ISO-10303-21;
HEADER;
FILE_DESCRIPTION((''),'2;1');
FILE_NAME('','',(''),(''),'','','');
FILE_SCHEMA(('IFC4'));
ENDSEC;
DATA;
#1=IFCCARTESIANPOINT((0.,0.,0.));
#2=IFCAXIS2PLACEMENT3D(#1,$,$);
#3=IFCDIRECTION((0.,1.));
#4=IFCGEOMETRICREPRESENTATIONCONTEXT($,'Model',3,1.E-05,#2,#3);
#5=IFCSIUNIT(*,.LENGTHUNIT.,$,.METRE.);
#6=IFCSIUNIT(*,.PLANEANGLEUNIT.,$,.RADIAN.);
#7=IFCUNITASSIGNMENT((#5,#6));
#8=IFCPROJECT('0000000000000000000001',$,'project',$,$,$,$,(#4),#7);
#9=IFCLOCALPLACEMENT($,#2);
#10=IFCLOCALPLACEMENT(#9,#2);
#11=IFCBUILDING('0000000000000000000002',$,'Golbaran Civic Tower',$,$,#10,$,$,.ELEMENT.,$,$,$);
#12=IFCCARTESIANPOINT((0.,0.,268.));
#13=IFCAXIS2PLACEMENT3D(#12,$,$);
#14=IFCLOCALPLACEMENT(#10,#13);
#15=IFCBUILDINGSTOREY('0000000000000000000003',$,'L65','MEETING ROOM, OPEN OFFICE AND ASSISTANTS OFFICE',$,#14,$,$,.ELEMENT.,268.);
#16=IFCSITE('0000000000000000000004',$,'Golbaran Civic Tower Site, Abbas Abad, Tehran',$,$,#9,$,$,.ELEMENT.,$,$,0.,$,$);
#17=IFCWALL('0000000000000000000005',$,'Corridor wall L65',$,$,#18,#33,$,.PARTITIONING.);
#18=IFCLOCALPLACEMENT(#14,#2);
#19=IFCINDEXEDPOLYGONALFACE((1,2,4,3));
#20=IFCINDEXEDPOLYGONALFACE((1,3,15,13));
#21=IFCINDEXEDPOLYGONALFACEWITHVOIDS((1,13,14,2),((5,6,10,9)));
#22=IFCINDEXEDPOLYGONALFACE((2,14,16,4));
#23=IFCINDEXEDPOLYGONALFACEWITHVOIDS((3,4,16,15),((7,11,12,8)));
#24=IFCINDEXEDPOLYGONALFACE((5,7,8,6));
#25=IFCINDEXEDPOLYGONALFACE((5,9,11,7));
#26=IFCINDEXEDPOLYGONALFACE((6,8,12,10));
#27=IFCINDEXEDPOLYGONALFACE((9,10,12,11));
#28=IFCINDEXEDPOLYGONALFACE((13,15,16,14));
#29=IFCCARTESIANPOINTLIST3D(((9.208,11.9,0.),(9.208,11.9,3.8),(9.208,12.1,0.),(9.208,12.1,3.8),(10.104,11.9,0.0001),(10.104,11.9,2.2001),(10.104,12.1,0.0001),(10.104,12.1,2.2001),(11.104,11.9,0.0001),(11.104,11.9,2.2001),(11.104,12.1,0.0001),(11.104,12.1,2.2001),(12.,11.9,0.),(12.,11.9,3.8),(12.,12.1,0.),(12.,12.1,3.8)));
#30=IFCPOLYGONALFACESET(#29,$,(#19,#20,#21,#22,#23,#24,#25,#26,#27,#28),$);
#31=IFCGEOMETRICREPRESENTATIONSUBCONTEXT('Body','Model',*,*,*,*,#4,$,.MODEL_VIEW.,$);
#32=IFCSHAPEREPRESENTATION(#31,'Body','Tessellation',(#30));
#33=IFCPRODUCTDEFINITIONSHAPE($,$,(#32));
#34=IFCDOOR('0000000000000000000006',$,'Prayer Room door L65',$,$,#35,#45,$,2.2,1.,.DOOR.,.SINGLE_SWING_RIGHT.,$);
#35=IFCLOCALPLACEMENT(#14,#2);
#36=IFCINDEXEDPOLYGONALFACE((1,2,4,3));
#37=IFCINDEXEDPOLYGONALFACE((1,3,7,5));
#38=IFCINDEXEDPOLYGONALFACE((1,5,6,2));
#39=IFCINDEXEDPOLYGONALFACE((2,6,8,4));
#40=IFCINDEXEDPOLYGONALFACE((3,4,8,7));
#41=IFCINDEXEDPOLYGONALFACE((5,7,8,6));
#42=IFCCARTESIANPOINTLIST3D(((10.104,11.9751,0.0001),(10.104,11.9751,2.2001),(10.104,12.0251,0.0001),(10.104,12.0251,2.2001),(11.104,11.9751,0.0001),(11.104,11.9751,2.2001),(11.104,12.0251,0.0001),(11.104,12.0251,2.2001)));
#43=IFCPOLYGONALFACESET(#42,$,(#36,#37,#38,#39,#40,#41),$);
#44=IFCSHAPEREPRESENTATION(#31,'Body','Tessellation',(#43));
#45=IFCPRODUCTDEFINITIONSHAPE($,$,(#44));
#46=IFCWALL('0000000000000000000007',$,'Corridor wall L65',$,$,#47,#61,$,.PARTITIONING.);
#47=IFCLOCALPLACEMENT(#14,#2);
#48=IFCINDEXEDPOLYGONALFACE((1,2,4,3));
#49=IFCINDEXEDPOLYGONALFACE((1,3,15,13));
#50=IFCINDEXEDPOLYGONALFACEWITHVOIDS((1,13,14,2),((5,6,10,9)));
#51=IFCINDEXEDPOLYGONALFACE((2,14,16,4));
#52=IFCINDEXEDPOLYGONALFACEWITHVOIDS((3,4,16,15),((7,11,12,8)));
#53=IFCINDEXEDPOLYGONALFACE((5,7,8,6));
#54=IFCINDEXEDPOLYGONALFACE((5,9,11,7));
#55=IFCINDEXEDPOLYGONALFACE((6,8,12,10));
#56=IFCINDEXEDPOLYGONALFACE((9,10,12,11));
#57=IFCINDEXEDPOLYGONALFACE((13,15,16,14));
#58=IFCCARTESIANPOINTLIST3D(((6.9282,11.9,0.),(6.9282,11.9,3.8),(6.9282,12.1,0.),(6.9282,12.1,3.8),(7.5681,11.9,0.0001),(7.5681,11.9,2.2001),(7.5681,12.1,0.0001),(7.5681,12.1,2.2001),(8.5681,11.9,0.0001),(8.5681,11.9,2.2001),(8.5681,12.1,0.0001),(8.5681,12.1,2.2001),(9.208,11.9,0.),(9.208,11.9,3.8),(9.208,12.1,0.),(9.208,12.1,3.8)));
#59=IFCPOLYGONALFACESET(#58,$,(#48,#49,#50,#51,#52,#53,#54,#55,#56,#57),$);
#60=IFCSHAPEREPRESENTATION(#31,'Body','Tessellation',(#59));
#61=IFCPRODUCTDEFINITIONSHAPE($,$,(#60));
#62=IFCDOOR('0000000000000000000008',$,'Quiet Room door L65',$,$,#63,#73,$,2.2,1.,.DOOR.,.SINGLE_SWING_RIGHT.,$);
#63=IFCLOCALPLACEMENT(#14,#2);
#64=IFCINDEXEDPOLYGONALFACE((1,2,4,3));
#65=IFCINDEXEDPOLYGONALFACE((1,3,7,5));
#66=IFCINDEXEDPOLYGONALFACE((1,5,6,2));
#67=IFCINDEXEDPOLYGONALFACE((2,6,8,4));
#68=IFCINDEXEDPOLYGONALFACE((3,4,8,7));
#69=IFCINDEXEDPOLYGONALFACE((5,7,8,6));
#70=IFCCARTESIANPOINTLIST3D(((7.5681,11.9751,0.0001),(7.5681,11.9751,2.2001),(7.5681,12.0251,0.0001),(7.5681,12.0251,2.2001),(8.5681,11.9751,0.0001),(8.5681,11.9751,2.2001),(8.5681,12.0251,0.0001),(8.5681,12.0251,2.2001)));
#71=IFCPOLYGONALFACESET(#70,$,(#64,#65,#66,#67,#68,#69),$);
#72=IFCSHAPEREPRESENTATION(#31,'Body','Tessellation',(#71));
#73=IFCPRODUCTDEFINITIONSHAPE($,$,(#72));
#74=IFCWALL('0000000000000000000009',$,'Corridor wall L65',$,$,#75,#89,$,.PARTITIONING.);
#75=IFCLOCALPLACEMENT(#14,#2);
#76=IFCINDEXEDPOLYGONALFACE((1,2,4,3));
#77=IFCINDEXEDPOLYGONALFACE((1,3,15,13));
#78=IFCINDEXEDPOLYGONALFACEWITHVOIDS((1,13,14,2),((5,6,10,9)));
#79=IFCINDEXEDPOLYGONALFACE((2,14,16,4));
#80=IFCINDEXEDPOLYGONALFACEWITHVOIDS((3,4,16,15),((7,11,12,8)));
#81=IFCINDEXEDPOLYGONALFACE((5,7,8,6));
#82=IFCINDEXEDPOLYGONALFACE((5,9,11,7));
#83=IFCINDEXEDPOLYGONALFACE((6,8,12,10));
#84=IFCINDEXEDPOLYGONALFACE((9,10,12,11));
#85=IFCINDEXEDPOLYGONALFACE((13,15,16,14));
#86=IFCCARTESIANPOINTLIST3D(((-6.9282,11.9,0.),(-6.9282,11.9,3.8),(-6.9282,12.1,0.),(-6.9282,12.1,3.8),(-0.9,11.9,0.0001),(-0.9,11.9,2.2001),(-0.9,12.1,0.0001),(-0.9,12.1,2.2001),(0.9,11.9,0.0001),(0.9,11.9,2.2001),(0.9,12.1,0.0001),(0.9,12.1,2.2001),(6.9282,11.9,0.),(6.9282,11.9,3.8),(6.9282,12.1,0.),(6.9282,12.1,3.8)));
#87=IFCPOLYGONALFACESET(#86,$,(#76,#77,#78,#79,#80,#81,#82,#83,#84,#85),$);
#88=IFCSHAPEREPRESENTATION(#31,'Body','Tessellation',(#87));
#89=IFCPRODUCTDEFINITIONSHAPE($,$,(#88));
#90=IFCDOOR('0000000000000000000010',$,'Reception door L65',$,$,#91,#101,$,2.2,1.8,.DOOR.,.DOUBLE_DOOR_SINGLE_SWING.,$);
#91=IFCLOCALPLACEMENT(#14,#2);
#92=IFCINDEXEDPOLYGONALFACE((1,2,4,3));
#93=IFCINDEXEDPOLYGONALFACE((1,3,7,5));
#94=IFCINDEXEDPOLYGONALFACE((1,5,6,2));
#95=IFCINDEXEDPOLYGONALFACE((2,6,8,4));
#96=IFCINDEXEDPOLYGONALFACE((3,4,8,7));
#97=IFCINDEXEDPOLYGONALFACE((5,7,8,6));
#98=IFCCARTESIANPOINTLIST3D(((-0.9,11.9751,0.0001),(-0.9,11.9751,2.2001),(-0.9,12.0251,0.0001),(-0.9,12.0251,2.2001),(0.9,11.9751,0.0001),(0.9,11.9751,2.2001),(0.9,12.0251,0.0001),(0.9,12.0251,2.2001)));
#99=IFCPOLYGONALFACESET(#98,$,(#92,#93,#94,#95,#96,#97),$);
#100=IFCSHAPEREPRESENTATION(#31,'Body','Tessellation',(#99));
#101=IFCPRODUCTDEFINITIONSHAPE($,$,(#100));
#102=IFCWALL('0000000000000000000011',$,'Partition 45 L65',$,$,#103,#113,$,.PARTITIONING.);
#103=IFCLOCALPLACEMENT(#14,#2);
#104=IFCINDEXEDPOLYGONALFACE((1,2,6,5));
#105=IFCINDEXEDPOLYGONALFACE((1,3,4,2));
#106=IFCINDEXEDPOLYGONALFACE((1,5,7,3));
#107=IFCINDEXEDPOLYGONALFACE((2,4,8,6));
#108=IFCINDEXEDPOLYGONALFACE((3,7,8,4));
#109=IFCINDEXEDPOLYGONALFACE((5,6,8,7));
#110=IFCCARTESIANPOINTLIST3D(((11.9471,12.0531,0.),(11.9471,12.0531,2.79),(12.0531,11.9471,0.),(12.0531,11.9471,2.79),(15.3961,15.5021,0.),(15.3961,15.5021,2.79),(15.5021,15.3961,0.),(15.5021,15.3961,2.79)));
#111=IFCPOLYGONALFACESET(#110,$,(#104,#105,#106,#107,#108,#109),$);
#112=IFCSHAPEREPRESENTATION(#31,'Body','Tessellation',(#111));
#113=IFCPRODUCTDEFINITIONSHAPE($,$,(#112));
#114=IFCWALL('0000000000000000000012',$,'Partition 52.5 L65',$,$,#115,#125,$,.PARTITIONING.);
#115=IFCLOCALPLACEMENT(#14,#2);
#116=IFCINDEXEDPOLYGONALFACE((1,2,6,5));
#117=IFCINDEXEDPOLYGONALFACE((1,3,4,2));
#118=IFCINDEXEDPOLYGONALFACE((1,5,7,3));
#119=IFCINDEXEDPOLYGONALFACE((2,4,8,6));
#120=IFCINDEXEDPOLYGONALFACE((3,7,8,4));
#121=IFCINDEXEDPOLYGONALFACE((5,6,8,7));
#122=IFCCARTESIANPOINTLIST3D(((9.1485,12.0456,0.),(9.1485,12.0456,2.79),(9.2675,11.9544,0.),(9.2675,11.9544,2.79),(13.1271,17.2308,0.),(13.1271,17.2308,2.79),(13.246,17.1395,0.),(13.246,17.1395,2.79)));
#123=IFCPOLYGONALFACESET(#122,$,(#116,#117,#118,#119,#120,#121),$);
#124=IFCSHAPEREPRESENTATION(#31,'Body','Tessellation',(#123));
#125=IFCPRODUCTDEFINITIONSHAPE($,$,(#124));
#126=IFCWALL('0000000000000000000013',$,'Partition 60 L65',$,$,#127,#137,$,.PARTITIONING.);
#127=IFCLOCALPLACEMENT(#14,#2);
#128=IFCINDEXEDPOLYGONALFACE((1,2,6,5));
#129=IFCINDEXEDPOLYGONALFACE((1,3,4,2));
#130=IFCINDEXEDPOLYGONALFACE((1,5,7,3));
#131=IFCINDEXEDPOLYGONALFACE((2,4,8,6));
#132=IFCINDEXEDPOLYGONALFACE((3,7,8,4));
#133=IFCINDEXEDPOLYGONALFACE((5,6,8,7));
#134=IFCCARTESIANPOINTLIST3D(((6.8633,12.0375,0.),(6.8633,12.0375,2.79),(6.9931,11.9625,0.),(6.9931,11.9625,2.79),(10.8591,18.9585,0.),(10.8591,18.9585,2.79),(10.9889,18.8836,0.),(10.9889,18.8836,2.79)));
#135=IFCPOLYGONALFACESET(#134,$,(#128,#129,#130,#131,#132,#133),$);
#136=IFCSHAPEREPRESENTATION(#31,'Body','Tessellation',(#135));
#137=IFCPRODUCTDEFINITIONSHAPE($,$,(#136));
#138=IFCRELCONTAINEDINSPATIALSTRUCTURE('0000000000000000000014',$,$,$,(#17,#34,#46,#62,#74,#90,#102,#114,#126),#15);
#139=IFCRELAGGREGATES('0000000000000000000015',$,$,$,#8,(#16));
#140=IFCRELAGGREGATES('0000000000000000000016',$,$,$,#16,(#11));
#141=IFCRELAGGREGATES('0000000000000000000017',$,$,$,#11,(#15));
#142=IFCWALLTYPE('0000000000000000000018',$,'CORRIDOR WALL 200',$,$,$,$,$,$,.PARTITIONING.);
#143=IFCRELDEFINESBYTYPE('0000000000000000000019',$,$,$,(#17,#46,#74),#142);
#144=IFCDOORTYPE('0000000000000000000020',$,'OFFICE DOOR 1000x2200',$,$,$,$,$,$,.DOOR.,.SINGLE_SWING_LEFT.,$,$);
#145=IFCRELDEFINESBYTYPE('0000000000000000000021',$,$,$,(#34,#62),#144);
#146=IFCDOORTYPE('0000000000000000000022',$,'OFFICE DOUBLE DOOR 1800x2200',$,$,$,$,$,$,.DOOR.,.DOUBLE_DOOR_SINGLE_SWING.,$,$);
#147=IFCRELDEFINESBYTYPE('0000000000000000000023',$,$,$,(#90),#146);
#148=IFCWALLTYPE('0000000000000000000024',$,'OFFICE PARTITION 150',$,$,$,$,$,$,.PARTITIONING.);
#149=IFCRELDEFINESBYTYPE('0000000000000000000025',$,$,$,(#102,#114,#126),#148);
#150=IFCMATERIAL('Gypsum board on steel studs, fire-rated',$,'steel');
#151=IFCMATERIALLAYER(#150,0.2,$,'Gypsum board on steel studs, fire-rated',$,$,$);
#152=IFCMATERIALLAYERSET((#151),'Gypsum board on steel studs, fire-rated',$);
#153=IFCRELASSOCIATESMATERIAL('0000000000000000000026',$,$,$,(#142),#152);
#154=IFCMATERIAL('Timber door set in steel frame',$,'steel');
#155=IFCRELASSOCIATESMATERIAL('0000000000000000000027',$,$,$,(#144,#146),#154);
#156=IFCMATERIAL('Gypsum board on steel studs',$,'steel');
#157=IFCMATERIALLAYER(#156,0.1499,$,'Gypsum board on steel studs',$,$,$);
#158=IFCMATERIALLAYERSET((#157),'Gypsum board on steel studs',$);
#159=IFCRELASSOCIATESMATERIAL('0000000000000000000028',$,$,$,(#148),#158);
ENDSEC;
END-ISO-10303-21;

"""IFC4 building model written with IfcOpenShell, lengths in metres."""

from ifc_helpers import new_model, si_unit, direction, frame, frame_2d, origin, place, context, subcontext, project, spatial, rectangle, extrude, material, layer, layer_set, type_object, element, fill, save


model = new_model("IFC4")

# Units and contexts
model_context = context("Model", 3, precision=1e-05, world=origin(), true_north=direction((0.0, 1.0)))
body_context = subcontext(model_context, "Body", "Model", "MODEL_VIEW")
ifc_project = project(units=[si_unit("LENGTHUNIT", "METRE"), si_unit("PLANEANGLEUNIT", "RADIAN")], contexts=[model_context])

# Site, building, storey
site_placement = place(None, origin())
site = spatial("IfcSite", under=ifc_project, at=site_placement, Name="Golbaran Civic Tower Site, Abbas Abad, Tehran", CompositionType="ELEMENT", RefElevation=0.0)
building_placement = place(site_placement, origin())
building = spatial("IfcBuilding", under=site, at=building_placement, Name="Golbaran Civic Tower", CompositionType="ELEMENT")
storey_placement = place(building_placement, frame((0.0, 0.0, 268.0)))
storey = spatial("IfcBuildingStorey", under=building, at=storey_placement, Name="L65", Description="MEETING ROOM, OPEN OFFICE AND ASSISTANTS OFFICE", CompositionType="ELEMENT", Elevation=268.0)

# Walls, openings, doors
ifc_material_1 = material(Name="Gypsum board on steel studs, fire-rated", Category="steel")
ifc_layer_1 = layer(ifc_material_1, 0.2, Name="Gypsum board on steel studs, fire-rated")
ifc_layer_set_1 = layer_set([ifc_layer_1], Name="Gypsum board on steel studs, fire-rated")
wall_type_1 = type_object("IfcWallType", Name="CORRIDOR WALL 200", PredefinedType="PARTITIONING", material=ifc_layer_set_1)
wall_1_placement = place(storey_placement, frame((12.0, 12.0, 0.0), z_axis=(0.0, 0.0, 1.0), x_axis=(-1.0, 0.0, 0.0)))
wall_1 = element("IfcWall", 1, at=wall_1_placement, inside=storey, type_object=wall_type_1, Name="Corridor wall L65", PredefinedType="PARTITIONING", context=body_context, shape_type="SweptSolid", body=[
    extrude(rectangle(XDim=2.792, YDim=0.2, at=frame_2d((1.396, 0.0))), origin(), (0.0, 0.0, 1.0), 3.8),
])
opening_1_placement = place(wall_1_placement, frame((0.896, 0.0, 0.0)))
opening_1 = element("IfcOpeningElement", 2, at=opening_1_placement, cuts=wall_1, PredefinedType="OPENING", context=body_context, shape_type="SweptSolid", body=[
    extrude(rectangle(XDim=1.0, YDim=2.2, at=frame_2d((0.5, 1.1001))), frame((0.0, 0.1099, 0.0), z_axis=(0.0, -1.0, 0.0), x_axis=(1.0, 0.0, 0.0)), (0.0, 0.0, 1.0), 0.22),
])
ifc_material_2 = material(Name="Timber door set in steel frame", Category="steel")
door_type_1 = type_object("IfcDoorType", Name="OFFICE DOOR 1000x2200", OperationType="SINGLE_SWING_LEFT", PredefinedType="DOOR", material=ifc_material_2)
door_1_placement = place(opening_1_placement, origin())
door_1 = element("IfcDoor", 3, at=door_1_placement, inside=storey, type_object=door_type_1, Name="Prayer Room door L65", OperationType="SINGLE_SWING_RIGHT", OverallHeight=2.2, OverallWidth=1.0, PredefinedType="DOOR", context=body_context, shape_type="SweptSolid", body=[
    extrude(rectangle(XDim=1.0, YDim=2.2, at=frame_2d((0.5, 1.1001))), frame((0.0, 0.0249, 0.0), z_axis=(0.0, -1.0, 0.0), x_axis=(1.0, 0.0, 0.0)), (0.0, 0.0, 1.0), 0.05),
])
fill(opening_1, door_1)
wall_2_placement = place(storey_placement, frame((9.208, 12.0, 0.0), z_axis=(0.0, 0.0, 1.0), x_axis=(-1.0, 0.0, 0.0)))
wall_2 = element("IfcWall", 4, at=wall_2_placement, inside=storey, type_object=wall_type_1, Name="Corridor wall L65", PredefinedType="PARTITIONING", context=body_context, shape_type="SweptSolid", body=[
    extrude(rectangle(XDim=2.2798, YDim=0.2, at=frame_2d((1.1399, 0.0))), origin(), (0.0, 0.0, 1.0), 3.8),
])
opening_2_placement = place(wall_2_placement, frame((0.6399, 0.0, 0.0)))
opening_2 = element("IfcOpeningElement", 5, at=opening_2_placement, cuts=wall_2, PredefinedType="OPENING", context=body_context, shape_type="SweptSolid", body=[
    extrude(rectangle(XDim=1.0, YDim=2.2, at=frame_2d((0.5, 1.1001))), frame((0.0, 0.1099, 0.0), z_axis=(0.0, -1.0, 0.0), x_axis=(1.0, 0.0, 0.0)), (0.0, 0.0, 1.0), 0.22),
])
door_2_placement = place(opening_2_placement, origin())
door_2 = element("IfcDoor", 6, at=door_2_placement, inside=storey, type_object=door_type_1, Name="Quiet Room door L65", OperationType="SINGLE_SWING_RIGHT", OverallHeight=2.2, OverallWidth=1.0, PredefinedType="DOOR", context=body_context, shape_type="SweptSolid", body=[
    extrude(rectangle(XDim=1.0, YDim=2.2, at=frame_2d((0.5, 1.1001))), frame((0.0, 0.0249, 0.0), z_axis=(0.0, -1.0, 0.0), x_axis=(1.0, 0.0, 0.0)), (0.0, 0.0, 1.0), 0.05),
])
fill(opening_2, door_2)
wall_3_placement = place(storey_placement, frame((6.9282, 12.0, 0.0), z_axis=(0.0, 0.0, 1.0), x_axis=(-1.0, 0.0, 0.0)))
wall_3 = element("IfcWall", 7, at=wall_3_placement, inside=storey, type_object=wall_type_1, Name="Corridor wall L65", PredefinedType="PARTITIONING", context=body_context, shape_type="SweptSolid", body=[
    extrude(rectangle(XDim=13.8564, YDim=0.2, at=frame_2d((6.9282, 0.0))), origin(), (0.0, 0.0, 1.0), 3.8),
])
opening_3_placement = place(wall_3_placement, frame((6.0283, 0.0, 0.0)))
opening_3 = element("IfcOpeningElement", 8, at=opening_3_placement, cuts=wall_3, PredefinedType="OPENING", context=body_context, shape_type="SweptSolid", body=[
    extrude(rectangle(XDim=1.8, YDim=2.2, at=frame_2d((0.8999, 1.1001))), frame((0.0, 0.1099, 0.0), z_axis=(0.0, -1.0, 0.0), x_axis=(1.0, 0.0, 0.0)), (0.0, 0.0, 1.0), 0.22),
])
door_type_2 = type_object("IfcDoorType", Name="OFFICE DOUBLE DOOR 1800x2200", OperationType="DOUBLE_DOOR_SINGLE_SWING", PredefinedType="DOOR", material=ifc_material_2)
door_3_placement = place(opening_3_placement, origin())
door_3 = element("IfcDoor", 9, at=door_3_placement, inside=storey, type_object=door_type_2, Name="Reception door L65", OperationType="DOUBLE_DOOR_SINGLE_SWING", OverallHeight=2.2, OverallWidth=1.8, PredefinedType="DOOR", context=body_context, shape_type="SweptSolid", body=[
    extrude(rectangle(XDim=1.8, YDim=2.2, at=frame_2d((0.8999, 1.1001))), frame((0.0, 0.0249, 0.0), z_axis=(0.0, -1.0, 0.0), x_axis=(1.0, 0.0, 0.0)), (0.0, 0.0, 1.0), 0.05),
])
fill(opening_3, door_3)

# Walls
ifc_material_3 = material(Name="Gypsum board on steel studs", Category="steel")
ifc_layer_2 = layer(ifc_material_3, 0.1499, Name="Gypsum board on steel studs")
ifc_layer_set_2 = layer_set([ifc_layer_2], Name="Gypsum board on steel studs")
wall_type_2 = type_object("IfcWallType", Name="OFFICE PARTITION 150", PredefinedType="PARTITIONING", material=ifc_layer_set_2)
wall_4_placement = place(storey_placement, frame((12.0, 12.0, 0.0), z_axis=(0.0, 0.0, 1.0), x_axis=(0.707107, 0.707107, 0.0)))
element("IfcWall", 10, at=wall_4_placement, inside=storey, type_object=wall_type_2, Name="Partition 45 L65", PredefinedType="PARTITIONING", context=body_context, shape_type="SweptSolid", body=[
    extrude(rectangle(XDim=4.8777, YDim=0.1499, at=frame_2d((2.439, 0.0))), origin(), (0.0, 0.0, 1.0), 2.79),
])
wall_5_placement = place(storey_placement, frame((9.208, 12.0, 0.0), z_axis=(0.0, 0.0, 1.0), x_axis=(0.60875, 0.793362, 0.0)))
element("IfcWall", 11, at=wall_5_placement, inside=storey, type_object=wall_type_2, Name="Partition 52.5 L65", PredefinedType="PARTITIONING", context=body_context, shape_type="SweptSolid", body=[
    extrude(rectangle(XDim=6.5356, YDim=0.1499, at=frame_2d((3.2678, 0.0))), origin(), (0.0, 0.0, 1.0), 2.79),
])
wall_6_placement = place(storey_placement, frame((6.9282, 12.0, 0.0), z_axis=(0.0, 0.0, 1.0), x_axis=(0.499993, 0.866029, 0.0)))
element("IfcWall", 12, at=wall_6_placement, inside=storey, type_object=wall_type_2, Name="Partition 60 L65", PredefinedType="PARTITIONING", context=body_context, shape_type="SweptSolid", body=[
    extrude(rectangle(XDim=7.9917, YDim=0.1499, at=frame_2d((3.9958, 0.0))), origin(), (0.0, 0.0, 1.0), 2.79),
])

save(model, "model.ifc")
